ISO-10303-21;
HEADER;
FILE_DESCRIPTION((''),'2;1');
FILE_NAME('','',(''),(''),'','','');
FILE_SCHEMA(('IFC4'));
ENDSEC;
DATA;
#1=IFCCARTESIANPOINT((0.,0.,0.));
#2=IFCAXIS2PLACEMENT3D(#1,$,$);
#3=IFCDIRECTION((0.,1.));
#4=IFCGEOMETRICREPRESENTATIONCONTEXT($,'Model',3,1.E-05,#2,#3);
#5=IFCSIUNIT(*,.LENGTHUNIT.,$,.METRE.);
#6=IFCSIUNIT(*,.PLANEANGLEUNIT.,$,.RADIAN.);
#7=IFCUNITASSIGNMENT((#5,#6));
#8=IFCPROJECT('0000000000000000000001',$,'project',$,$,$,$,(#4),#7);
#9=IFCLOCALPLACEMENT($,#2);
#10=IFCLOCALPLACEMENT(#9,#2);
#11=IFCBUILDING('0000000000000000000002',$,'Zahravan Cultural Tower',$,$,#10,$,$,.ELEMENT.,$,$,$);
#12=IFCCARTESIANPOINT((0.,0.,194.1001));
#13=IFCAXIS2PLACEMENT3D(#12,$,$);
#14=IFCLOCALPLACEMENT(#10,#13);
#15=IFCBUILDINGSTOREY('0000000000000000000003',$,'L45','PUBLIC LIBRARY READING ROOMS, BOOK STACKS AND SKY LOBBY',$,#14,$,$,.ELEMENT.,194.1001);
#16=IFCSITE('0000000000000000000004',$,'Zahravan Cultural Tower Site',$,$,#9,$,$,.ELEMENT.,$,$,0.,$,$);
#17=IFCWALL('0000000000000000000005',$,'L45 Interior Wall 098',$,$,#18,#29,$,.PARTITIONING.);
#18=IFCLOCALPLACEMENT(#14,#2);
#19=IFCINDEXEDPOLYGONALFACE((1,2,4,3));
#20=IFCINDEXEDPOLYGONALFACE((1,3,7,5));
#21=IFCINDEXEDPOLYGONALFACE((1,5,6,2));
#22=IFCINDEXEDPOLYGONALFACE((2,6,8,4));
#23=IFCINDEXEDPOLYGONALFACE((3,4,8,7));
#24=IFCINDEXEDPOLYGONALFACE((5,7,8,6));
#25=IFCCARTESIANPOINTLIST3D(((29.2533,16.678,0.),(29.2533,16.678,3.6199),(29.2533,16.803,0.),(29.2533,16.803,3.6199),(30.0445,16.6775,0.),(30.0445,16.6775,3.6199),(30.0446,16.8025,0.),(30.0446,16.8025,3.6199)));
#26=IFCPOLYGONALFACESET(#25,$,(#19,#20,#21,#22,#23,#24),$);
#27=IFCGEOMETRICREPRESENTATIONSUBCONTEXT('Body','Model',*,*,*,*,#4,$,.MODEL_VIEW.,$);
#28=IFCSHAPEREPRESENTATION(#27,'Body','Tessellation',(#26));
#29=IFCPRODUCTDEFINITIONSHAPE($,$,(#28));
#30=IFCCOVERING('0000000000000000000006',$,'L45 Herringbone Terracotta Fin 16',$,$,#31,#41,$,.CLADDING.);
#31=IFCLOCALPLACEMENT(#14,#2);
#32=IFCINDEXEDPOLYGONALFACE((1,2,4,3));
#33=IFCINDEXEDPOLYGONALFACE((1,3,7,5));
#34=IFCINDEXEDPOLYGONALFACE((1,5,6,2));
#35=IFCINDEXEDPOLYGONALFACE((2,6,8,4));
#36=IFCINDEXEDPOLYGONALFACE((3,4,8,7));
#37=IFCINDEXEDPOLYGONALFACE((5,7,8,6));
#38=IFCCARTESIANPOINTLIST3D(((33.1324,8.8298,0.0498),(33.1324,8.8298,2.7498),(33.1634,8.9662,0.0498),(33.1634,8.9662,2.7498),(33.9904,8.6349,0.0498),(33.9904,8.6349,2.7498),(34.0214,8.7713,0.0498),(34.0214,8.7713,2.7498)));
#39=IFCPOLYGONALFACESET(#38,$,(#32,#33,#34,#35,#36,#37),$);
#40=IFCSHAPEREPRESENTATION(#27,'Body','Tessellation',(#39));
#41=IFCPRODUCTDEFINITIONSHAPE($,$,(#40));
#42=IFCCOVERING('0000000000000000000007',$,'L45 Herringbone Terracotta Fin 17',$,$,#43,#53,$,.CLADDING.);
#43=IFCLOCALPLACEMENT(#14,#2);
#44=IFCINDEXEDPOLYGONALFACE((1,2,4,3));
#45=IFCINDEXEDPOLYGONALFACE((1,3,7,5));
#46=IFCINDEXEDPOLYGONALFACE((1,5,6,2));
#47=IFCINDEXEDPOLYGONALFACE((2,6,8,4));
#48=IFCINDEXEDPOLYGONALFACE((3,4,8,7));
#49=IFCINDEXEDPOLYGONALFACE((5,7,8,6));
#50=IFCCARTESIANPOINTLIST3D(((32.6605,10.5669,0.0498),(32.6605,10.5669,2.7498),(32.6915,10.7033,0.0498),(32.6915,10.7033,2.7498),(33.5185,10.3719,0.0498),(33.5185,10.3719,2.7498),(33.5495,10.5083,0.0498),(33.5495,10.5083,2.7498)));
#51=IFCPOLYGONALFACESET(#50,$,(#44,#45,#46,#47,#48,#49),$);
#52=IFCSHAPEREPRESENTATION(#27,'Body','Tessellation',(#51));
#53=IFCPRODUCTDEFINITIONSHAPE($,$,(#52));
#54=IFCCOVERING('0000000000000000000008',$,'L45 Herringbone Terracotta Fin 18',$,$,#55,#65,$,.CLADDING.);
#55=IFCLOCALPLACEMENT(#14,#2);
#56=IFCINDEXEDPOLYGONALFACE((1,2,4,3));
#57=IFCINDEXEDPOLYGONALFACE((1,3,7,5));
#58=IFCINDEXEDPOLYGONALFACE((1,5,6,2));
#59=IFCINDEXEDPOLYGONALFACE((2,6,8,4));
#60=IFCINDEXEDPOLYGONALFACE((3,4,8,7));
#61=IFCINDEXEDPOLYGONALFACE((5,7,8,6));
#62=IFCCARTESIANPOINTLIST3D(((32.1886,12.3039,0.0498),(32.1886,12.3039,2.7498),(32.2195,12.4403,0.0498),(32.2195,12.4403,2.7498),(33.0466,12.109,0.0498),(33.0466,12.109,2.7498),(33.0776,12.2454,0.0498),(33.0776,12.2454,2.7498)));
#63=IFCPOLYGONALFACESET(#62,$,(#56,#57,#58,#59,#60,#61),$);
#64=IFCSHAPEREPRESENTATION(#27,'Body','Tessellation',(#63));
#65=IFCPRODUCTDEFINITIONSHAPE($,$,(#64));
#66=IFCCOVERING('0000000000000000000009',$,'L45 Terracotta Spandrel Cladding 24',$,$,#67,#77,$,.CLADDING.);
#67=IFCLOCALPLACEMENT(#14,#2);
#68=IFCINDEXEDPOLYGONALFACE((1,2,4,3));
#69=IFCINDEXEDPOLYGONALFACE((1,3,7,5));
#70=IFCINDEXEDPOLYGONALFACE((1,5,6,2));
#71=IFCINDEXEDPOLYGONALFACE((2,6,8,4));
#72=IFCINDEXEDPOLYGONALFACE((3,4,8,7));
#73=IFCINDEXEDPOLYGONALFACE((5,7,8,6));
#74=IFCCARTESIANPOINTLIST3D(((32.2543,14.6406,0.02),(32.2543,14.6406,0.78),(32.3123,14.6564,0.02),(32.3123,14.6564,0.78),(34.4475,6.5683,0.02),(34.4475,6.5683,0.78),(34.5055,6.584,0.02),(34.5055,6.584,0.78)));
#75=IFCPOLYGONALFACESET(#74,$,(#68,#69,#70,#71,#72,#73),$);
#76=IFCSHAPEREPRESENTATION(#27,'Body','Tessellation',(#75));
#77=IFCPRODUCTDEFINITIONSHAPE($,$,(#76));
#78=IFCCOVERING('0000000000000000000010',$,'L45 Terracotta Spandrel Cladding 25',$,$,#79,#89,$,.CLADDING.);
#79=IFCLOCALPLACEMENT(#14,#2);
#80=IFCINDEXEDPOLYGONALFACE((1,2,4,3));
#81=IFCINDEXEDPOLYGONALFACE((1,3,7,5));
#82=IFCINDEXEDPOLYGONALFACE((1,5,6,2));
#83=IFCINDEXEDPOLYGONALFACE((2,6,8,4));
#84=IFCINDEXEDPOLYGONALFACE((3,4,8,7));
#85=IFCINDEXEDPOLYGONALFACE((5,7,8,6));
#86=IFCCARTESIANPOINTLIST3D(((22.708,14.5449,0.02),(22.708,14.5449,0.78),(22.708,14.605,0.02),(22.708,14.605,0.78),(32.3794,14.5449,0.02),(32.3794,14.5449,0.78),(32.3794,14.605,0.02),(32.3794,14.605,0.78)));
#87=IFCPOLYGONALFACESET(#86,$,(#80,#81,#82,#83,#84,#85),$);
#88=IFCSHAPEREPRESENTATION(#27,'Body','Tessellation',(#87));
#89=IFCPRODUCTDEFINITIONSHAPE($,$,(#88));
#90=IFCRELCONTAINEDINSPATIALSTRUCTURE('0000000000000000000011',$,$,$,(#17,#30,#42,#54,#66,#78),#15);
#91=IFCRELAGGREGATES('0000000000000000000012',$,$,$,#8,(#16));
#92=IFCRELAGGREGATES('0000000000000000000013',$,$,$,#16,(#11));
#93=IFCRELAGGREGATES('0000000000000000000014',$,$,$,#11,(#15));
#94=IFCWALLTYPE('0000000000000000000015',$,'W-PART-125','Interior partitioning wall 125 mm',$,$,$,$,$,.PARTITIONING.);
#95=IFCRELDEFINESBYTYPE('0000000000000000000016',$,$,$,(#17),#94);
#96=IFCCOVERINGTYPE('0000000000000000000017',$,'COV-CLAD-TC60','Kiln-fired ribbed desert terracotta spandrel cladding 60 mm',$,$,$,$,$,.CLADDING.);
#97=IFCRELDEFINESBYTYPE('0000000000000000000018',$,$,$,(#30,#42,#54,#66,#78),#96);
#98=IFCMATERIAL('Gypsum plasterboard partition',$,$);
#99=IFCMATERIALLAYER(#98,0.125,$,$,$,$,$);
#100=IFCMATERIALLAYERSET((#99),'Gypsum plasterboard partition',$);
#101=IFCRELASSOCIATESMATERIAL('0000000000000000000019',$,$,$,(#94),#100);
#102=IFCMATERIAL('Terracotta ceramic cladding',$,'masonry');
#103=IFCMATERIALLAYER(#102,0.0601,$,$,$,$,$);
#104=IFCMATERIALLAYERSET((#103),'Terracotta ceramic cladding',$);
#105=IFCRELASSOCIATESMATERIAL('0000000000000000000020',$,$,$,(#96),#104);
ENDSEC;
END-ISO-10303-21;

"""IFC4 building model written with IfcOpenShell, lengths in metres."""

from ifc_helpers import new_model, si_unit, direction, frame, frame_2d, origin, origin_2d, place, context, subcontext, project, spatial, rectangle, extrude, source, transform, mapped, material, layer, layer_set, type_object, element, save


model = new_model("IFC4")

# Units and contexts
model_context = context("Model", 3, precision=1e-05, world=origin(), true_north=direction((0.0, 1.0)))
body_context = subcontext(model_context, "Body", "Model", "MODEL_VIEW")
ifc_project = project(units=[si_unit("LENGTHUNIT", "METRE"), si_unit("PLANEANGLEUNIT", "RADIAN")], contexts=[model_context])

# Site, building, storey
site_placement = place(None, origin())
site = spatial("IfcSite", under=ifc_project, at=site_placement, Name="Zahravan Cultural Tower Site", CompositionType="ELEMENT", RefElevation=0.0)
building_placement = place(site_placement, origin())
building = spatial("IfcBuilding", under=site, at=building_placement, Name="Zahravan Cultural Tower", CompositionType="ELEMENT")
storey_placement = place(building_placement, frame((0.0, 0.0, 194.1001)))
storey = spatial("IfcBuildingStorey", under=building, at=storey_placement, Name="L45", Description="PUBLIC LIBRARY READING ROOMS, BOOK STACKS AND SKY LOBBY", CompositionType="ELEMENT", Elevation=194.1001)

# Shared definitions
ifc_material_1 = material(Name="Gypsum plasterboard partition")
ifc_layer_1 = layer(ifc_material_1, 0.125)
ifc_layer_set_1 = layer_set([ifc_layer_1], Name="Gypsum plasterboard partition")
wall_type_1 = type_object("IfcWallType", Name="W-PART-125", Description="Interior partitioning wall 125 mm", PredefinedType="PARTITIONING", material=ifc_layer_set_1)

# Wall
shared_shape_1 = source(origin(), body_context, "Body", "SweptSolid", [
    extrude(rectangle(XDim=0.7913, YDim=0.125, at=frame_2d((0.3955, 0.0))), origin(), (0.0, 0.0, 1.0), 3.6199),
])
wall_1_placement = place(storey_placement, frame((29.2534, 16.7405, 0.0), z_axis=(0.0, 0.0, 1.0), x_axis=(1.0, -0.000617, 0.0)))
element("IfcWall", 1, at=wall_1_placement, inside=storey, type_object=wall_type_1, Name="L45 Interior Wall 098", PredefinedType="PARTITIONING", context=body_context, shape_type="MappedRepresentation", body=[
    mapped(shared_shape_1, transform((0.0, 0.0, 0.0), x_axis=(1.0, 0.0, 0.0), y_axis=(0.0, 1.0, 0.0), z_axis=(0.0, 0.0, 1.0), scale=1.0)),
])

# Coverings
ifc_material_2 = material(Name="Terracotta ceramic cladding", Category="masonry")
ifc_layer_2 = layer(ifc_material_2, 0.0601)
ifc_layer_set_2 = layer_set([ifc_layer_2], Name="Terracotta ceramic cladding")
covering_type = type_object("IfcCoveringType", Name="COV-CLAD-TC60", Description="Kiln-fired ribbed desert terracotta spandrel cladding 60 mm", PredefinedType="CLADDING", material=ifc_layer_set_2)
shared_shape_2 = source(origin(), body_context, "Body", "SweptSolid", [
    extrude(rectangle(XDim=0.8799, YDim=0.1399, at=origin_2d()), origin(), (0.0, 0.0, 1.0), 2.7),
])
for number, where, z_axis, x_axis, name in (
    (2, (33.5769, 8.8005, 0.0498), (0.0, 0.0, 1.0), (-0.975149, 0.221548, 0.0), "L45 Herringbone Terracotta Fin 16"),
    (3, (33.105, 10.5376, 0.0498), (0.0, 0.0, 1.0), (-0.975149, 0.221548, 0.0), "L45 Herringbone Terracotta Fin 17"),
    (4, (32.6331, 12.2747, 0.0498), (0.0, 0.0, 1.0), (-0.975149, 0.221548, 0.0), "L45 Herringbone Terracotta Fin 18"),
):
    element("IfcCovering", number, at=place(storey_placement, frame(where, z_axis=z_axis, x_axis=x_axis)), inside=storey, type_object=covering_type, Name=name, PredefinedType="CLADDING", context=body_context, shape_type="MappedRepresentation", body=[
        mapped(shared_shape_2, transform((0.0, 0.0, 0.0), x_axis=(1.0, 0.0, 0.0), y_axis=(0.0, 1.0, 0.0), z_axis=(0.0, 0.0, 1.0), scale=1.0)),
    ])
shared_shape_3 = source(origin(), body_context, "Body", "SweptSolid", [
    extrude(rectangle(XDim=8.365, YDim=0.0601, at=origin_2d()), origin(), (0.0, 0.0, 1.0), 0.76),
])
covering_1_placement = place(storey_placement, frame((33.3799, 10.6123, 0.02), z_axis=(0.0, 0.0, 1.0), x_axis=(-0.262189, 0.965016, 0.0)))
element("IfcCovering", 5, at=covering_1_placement, inside=storey, type_object=covering_type, Name="L45 Terracotta Spandrel Cladding 24", PredefinedType="CLADDING", context=body_context, shape_type="MappedRepresentation", body=[
    mapped(shared_shape_3, transform((0.0, 0.0, 0.0), x_axis=(1.0, 0.0, 0.0), y_axis=(0.0, 1.0, 0.0), z_axis=(0.0, 0.0, 1.0), scale=1.0)),
])
shared_shape_4 = source(origin(), body_context, "Body", "SweptSolid", [
    extrude(rectangle(XDim=9.6714, YDim=0.0601, at=origin_2d()), origin(), (0.0, 0.0, 1.0), 0.76),
])
covering_2_placement = place(storey_placement, frame((27.5437, 14.575, 0.02), z_axis=(0.0, 0.0, 1.0), x_axis=(-1.0, 0.0, 0.0)))
element("IfcCovering", 6, at=covering_2_placement, inside=storey, type_object=covering_type, Name="L45 Terracotta Spandrel Cladding 25", PredefinedType="CLADDING", context=body_context, shape_type="MappedRepresentation", body=[
    mapped(shared_shape_4, transform((0.0, 0.0, 0.0), x_axis=(1.0, 0.0, 0.0), y_axis=(0.0, 1.0, 0.0), z_axis=(0.0, 0.0, 1.0), scale=1.0)),
])

save(model, "model.ifc")
